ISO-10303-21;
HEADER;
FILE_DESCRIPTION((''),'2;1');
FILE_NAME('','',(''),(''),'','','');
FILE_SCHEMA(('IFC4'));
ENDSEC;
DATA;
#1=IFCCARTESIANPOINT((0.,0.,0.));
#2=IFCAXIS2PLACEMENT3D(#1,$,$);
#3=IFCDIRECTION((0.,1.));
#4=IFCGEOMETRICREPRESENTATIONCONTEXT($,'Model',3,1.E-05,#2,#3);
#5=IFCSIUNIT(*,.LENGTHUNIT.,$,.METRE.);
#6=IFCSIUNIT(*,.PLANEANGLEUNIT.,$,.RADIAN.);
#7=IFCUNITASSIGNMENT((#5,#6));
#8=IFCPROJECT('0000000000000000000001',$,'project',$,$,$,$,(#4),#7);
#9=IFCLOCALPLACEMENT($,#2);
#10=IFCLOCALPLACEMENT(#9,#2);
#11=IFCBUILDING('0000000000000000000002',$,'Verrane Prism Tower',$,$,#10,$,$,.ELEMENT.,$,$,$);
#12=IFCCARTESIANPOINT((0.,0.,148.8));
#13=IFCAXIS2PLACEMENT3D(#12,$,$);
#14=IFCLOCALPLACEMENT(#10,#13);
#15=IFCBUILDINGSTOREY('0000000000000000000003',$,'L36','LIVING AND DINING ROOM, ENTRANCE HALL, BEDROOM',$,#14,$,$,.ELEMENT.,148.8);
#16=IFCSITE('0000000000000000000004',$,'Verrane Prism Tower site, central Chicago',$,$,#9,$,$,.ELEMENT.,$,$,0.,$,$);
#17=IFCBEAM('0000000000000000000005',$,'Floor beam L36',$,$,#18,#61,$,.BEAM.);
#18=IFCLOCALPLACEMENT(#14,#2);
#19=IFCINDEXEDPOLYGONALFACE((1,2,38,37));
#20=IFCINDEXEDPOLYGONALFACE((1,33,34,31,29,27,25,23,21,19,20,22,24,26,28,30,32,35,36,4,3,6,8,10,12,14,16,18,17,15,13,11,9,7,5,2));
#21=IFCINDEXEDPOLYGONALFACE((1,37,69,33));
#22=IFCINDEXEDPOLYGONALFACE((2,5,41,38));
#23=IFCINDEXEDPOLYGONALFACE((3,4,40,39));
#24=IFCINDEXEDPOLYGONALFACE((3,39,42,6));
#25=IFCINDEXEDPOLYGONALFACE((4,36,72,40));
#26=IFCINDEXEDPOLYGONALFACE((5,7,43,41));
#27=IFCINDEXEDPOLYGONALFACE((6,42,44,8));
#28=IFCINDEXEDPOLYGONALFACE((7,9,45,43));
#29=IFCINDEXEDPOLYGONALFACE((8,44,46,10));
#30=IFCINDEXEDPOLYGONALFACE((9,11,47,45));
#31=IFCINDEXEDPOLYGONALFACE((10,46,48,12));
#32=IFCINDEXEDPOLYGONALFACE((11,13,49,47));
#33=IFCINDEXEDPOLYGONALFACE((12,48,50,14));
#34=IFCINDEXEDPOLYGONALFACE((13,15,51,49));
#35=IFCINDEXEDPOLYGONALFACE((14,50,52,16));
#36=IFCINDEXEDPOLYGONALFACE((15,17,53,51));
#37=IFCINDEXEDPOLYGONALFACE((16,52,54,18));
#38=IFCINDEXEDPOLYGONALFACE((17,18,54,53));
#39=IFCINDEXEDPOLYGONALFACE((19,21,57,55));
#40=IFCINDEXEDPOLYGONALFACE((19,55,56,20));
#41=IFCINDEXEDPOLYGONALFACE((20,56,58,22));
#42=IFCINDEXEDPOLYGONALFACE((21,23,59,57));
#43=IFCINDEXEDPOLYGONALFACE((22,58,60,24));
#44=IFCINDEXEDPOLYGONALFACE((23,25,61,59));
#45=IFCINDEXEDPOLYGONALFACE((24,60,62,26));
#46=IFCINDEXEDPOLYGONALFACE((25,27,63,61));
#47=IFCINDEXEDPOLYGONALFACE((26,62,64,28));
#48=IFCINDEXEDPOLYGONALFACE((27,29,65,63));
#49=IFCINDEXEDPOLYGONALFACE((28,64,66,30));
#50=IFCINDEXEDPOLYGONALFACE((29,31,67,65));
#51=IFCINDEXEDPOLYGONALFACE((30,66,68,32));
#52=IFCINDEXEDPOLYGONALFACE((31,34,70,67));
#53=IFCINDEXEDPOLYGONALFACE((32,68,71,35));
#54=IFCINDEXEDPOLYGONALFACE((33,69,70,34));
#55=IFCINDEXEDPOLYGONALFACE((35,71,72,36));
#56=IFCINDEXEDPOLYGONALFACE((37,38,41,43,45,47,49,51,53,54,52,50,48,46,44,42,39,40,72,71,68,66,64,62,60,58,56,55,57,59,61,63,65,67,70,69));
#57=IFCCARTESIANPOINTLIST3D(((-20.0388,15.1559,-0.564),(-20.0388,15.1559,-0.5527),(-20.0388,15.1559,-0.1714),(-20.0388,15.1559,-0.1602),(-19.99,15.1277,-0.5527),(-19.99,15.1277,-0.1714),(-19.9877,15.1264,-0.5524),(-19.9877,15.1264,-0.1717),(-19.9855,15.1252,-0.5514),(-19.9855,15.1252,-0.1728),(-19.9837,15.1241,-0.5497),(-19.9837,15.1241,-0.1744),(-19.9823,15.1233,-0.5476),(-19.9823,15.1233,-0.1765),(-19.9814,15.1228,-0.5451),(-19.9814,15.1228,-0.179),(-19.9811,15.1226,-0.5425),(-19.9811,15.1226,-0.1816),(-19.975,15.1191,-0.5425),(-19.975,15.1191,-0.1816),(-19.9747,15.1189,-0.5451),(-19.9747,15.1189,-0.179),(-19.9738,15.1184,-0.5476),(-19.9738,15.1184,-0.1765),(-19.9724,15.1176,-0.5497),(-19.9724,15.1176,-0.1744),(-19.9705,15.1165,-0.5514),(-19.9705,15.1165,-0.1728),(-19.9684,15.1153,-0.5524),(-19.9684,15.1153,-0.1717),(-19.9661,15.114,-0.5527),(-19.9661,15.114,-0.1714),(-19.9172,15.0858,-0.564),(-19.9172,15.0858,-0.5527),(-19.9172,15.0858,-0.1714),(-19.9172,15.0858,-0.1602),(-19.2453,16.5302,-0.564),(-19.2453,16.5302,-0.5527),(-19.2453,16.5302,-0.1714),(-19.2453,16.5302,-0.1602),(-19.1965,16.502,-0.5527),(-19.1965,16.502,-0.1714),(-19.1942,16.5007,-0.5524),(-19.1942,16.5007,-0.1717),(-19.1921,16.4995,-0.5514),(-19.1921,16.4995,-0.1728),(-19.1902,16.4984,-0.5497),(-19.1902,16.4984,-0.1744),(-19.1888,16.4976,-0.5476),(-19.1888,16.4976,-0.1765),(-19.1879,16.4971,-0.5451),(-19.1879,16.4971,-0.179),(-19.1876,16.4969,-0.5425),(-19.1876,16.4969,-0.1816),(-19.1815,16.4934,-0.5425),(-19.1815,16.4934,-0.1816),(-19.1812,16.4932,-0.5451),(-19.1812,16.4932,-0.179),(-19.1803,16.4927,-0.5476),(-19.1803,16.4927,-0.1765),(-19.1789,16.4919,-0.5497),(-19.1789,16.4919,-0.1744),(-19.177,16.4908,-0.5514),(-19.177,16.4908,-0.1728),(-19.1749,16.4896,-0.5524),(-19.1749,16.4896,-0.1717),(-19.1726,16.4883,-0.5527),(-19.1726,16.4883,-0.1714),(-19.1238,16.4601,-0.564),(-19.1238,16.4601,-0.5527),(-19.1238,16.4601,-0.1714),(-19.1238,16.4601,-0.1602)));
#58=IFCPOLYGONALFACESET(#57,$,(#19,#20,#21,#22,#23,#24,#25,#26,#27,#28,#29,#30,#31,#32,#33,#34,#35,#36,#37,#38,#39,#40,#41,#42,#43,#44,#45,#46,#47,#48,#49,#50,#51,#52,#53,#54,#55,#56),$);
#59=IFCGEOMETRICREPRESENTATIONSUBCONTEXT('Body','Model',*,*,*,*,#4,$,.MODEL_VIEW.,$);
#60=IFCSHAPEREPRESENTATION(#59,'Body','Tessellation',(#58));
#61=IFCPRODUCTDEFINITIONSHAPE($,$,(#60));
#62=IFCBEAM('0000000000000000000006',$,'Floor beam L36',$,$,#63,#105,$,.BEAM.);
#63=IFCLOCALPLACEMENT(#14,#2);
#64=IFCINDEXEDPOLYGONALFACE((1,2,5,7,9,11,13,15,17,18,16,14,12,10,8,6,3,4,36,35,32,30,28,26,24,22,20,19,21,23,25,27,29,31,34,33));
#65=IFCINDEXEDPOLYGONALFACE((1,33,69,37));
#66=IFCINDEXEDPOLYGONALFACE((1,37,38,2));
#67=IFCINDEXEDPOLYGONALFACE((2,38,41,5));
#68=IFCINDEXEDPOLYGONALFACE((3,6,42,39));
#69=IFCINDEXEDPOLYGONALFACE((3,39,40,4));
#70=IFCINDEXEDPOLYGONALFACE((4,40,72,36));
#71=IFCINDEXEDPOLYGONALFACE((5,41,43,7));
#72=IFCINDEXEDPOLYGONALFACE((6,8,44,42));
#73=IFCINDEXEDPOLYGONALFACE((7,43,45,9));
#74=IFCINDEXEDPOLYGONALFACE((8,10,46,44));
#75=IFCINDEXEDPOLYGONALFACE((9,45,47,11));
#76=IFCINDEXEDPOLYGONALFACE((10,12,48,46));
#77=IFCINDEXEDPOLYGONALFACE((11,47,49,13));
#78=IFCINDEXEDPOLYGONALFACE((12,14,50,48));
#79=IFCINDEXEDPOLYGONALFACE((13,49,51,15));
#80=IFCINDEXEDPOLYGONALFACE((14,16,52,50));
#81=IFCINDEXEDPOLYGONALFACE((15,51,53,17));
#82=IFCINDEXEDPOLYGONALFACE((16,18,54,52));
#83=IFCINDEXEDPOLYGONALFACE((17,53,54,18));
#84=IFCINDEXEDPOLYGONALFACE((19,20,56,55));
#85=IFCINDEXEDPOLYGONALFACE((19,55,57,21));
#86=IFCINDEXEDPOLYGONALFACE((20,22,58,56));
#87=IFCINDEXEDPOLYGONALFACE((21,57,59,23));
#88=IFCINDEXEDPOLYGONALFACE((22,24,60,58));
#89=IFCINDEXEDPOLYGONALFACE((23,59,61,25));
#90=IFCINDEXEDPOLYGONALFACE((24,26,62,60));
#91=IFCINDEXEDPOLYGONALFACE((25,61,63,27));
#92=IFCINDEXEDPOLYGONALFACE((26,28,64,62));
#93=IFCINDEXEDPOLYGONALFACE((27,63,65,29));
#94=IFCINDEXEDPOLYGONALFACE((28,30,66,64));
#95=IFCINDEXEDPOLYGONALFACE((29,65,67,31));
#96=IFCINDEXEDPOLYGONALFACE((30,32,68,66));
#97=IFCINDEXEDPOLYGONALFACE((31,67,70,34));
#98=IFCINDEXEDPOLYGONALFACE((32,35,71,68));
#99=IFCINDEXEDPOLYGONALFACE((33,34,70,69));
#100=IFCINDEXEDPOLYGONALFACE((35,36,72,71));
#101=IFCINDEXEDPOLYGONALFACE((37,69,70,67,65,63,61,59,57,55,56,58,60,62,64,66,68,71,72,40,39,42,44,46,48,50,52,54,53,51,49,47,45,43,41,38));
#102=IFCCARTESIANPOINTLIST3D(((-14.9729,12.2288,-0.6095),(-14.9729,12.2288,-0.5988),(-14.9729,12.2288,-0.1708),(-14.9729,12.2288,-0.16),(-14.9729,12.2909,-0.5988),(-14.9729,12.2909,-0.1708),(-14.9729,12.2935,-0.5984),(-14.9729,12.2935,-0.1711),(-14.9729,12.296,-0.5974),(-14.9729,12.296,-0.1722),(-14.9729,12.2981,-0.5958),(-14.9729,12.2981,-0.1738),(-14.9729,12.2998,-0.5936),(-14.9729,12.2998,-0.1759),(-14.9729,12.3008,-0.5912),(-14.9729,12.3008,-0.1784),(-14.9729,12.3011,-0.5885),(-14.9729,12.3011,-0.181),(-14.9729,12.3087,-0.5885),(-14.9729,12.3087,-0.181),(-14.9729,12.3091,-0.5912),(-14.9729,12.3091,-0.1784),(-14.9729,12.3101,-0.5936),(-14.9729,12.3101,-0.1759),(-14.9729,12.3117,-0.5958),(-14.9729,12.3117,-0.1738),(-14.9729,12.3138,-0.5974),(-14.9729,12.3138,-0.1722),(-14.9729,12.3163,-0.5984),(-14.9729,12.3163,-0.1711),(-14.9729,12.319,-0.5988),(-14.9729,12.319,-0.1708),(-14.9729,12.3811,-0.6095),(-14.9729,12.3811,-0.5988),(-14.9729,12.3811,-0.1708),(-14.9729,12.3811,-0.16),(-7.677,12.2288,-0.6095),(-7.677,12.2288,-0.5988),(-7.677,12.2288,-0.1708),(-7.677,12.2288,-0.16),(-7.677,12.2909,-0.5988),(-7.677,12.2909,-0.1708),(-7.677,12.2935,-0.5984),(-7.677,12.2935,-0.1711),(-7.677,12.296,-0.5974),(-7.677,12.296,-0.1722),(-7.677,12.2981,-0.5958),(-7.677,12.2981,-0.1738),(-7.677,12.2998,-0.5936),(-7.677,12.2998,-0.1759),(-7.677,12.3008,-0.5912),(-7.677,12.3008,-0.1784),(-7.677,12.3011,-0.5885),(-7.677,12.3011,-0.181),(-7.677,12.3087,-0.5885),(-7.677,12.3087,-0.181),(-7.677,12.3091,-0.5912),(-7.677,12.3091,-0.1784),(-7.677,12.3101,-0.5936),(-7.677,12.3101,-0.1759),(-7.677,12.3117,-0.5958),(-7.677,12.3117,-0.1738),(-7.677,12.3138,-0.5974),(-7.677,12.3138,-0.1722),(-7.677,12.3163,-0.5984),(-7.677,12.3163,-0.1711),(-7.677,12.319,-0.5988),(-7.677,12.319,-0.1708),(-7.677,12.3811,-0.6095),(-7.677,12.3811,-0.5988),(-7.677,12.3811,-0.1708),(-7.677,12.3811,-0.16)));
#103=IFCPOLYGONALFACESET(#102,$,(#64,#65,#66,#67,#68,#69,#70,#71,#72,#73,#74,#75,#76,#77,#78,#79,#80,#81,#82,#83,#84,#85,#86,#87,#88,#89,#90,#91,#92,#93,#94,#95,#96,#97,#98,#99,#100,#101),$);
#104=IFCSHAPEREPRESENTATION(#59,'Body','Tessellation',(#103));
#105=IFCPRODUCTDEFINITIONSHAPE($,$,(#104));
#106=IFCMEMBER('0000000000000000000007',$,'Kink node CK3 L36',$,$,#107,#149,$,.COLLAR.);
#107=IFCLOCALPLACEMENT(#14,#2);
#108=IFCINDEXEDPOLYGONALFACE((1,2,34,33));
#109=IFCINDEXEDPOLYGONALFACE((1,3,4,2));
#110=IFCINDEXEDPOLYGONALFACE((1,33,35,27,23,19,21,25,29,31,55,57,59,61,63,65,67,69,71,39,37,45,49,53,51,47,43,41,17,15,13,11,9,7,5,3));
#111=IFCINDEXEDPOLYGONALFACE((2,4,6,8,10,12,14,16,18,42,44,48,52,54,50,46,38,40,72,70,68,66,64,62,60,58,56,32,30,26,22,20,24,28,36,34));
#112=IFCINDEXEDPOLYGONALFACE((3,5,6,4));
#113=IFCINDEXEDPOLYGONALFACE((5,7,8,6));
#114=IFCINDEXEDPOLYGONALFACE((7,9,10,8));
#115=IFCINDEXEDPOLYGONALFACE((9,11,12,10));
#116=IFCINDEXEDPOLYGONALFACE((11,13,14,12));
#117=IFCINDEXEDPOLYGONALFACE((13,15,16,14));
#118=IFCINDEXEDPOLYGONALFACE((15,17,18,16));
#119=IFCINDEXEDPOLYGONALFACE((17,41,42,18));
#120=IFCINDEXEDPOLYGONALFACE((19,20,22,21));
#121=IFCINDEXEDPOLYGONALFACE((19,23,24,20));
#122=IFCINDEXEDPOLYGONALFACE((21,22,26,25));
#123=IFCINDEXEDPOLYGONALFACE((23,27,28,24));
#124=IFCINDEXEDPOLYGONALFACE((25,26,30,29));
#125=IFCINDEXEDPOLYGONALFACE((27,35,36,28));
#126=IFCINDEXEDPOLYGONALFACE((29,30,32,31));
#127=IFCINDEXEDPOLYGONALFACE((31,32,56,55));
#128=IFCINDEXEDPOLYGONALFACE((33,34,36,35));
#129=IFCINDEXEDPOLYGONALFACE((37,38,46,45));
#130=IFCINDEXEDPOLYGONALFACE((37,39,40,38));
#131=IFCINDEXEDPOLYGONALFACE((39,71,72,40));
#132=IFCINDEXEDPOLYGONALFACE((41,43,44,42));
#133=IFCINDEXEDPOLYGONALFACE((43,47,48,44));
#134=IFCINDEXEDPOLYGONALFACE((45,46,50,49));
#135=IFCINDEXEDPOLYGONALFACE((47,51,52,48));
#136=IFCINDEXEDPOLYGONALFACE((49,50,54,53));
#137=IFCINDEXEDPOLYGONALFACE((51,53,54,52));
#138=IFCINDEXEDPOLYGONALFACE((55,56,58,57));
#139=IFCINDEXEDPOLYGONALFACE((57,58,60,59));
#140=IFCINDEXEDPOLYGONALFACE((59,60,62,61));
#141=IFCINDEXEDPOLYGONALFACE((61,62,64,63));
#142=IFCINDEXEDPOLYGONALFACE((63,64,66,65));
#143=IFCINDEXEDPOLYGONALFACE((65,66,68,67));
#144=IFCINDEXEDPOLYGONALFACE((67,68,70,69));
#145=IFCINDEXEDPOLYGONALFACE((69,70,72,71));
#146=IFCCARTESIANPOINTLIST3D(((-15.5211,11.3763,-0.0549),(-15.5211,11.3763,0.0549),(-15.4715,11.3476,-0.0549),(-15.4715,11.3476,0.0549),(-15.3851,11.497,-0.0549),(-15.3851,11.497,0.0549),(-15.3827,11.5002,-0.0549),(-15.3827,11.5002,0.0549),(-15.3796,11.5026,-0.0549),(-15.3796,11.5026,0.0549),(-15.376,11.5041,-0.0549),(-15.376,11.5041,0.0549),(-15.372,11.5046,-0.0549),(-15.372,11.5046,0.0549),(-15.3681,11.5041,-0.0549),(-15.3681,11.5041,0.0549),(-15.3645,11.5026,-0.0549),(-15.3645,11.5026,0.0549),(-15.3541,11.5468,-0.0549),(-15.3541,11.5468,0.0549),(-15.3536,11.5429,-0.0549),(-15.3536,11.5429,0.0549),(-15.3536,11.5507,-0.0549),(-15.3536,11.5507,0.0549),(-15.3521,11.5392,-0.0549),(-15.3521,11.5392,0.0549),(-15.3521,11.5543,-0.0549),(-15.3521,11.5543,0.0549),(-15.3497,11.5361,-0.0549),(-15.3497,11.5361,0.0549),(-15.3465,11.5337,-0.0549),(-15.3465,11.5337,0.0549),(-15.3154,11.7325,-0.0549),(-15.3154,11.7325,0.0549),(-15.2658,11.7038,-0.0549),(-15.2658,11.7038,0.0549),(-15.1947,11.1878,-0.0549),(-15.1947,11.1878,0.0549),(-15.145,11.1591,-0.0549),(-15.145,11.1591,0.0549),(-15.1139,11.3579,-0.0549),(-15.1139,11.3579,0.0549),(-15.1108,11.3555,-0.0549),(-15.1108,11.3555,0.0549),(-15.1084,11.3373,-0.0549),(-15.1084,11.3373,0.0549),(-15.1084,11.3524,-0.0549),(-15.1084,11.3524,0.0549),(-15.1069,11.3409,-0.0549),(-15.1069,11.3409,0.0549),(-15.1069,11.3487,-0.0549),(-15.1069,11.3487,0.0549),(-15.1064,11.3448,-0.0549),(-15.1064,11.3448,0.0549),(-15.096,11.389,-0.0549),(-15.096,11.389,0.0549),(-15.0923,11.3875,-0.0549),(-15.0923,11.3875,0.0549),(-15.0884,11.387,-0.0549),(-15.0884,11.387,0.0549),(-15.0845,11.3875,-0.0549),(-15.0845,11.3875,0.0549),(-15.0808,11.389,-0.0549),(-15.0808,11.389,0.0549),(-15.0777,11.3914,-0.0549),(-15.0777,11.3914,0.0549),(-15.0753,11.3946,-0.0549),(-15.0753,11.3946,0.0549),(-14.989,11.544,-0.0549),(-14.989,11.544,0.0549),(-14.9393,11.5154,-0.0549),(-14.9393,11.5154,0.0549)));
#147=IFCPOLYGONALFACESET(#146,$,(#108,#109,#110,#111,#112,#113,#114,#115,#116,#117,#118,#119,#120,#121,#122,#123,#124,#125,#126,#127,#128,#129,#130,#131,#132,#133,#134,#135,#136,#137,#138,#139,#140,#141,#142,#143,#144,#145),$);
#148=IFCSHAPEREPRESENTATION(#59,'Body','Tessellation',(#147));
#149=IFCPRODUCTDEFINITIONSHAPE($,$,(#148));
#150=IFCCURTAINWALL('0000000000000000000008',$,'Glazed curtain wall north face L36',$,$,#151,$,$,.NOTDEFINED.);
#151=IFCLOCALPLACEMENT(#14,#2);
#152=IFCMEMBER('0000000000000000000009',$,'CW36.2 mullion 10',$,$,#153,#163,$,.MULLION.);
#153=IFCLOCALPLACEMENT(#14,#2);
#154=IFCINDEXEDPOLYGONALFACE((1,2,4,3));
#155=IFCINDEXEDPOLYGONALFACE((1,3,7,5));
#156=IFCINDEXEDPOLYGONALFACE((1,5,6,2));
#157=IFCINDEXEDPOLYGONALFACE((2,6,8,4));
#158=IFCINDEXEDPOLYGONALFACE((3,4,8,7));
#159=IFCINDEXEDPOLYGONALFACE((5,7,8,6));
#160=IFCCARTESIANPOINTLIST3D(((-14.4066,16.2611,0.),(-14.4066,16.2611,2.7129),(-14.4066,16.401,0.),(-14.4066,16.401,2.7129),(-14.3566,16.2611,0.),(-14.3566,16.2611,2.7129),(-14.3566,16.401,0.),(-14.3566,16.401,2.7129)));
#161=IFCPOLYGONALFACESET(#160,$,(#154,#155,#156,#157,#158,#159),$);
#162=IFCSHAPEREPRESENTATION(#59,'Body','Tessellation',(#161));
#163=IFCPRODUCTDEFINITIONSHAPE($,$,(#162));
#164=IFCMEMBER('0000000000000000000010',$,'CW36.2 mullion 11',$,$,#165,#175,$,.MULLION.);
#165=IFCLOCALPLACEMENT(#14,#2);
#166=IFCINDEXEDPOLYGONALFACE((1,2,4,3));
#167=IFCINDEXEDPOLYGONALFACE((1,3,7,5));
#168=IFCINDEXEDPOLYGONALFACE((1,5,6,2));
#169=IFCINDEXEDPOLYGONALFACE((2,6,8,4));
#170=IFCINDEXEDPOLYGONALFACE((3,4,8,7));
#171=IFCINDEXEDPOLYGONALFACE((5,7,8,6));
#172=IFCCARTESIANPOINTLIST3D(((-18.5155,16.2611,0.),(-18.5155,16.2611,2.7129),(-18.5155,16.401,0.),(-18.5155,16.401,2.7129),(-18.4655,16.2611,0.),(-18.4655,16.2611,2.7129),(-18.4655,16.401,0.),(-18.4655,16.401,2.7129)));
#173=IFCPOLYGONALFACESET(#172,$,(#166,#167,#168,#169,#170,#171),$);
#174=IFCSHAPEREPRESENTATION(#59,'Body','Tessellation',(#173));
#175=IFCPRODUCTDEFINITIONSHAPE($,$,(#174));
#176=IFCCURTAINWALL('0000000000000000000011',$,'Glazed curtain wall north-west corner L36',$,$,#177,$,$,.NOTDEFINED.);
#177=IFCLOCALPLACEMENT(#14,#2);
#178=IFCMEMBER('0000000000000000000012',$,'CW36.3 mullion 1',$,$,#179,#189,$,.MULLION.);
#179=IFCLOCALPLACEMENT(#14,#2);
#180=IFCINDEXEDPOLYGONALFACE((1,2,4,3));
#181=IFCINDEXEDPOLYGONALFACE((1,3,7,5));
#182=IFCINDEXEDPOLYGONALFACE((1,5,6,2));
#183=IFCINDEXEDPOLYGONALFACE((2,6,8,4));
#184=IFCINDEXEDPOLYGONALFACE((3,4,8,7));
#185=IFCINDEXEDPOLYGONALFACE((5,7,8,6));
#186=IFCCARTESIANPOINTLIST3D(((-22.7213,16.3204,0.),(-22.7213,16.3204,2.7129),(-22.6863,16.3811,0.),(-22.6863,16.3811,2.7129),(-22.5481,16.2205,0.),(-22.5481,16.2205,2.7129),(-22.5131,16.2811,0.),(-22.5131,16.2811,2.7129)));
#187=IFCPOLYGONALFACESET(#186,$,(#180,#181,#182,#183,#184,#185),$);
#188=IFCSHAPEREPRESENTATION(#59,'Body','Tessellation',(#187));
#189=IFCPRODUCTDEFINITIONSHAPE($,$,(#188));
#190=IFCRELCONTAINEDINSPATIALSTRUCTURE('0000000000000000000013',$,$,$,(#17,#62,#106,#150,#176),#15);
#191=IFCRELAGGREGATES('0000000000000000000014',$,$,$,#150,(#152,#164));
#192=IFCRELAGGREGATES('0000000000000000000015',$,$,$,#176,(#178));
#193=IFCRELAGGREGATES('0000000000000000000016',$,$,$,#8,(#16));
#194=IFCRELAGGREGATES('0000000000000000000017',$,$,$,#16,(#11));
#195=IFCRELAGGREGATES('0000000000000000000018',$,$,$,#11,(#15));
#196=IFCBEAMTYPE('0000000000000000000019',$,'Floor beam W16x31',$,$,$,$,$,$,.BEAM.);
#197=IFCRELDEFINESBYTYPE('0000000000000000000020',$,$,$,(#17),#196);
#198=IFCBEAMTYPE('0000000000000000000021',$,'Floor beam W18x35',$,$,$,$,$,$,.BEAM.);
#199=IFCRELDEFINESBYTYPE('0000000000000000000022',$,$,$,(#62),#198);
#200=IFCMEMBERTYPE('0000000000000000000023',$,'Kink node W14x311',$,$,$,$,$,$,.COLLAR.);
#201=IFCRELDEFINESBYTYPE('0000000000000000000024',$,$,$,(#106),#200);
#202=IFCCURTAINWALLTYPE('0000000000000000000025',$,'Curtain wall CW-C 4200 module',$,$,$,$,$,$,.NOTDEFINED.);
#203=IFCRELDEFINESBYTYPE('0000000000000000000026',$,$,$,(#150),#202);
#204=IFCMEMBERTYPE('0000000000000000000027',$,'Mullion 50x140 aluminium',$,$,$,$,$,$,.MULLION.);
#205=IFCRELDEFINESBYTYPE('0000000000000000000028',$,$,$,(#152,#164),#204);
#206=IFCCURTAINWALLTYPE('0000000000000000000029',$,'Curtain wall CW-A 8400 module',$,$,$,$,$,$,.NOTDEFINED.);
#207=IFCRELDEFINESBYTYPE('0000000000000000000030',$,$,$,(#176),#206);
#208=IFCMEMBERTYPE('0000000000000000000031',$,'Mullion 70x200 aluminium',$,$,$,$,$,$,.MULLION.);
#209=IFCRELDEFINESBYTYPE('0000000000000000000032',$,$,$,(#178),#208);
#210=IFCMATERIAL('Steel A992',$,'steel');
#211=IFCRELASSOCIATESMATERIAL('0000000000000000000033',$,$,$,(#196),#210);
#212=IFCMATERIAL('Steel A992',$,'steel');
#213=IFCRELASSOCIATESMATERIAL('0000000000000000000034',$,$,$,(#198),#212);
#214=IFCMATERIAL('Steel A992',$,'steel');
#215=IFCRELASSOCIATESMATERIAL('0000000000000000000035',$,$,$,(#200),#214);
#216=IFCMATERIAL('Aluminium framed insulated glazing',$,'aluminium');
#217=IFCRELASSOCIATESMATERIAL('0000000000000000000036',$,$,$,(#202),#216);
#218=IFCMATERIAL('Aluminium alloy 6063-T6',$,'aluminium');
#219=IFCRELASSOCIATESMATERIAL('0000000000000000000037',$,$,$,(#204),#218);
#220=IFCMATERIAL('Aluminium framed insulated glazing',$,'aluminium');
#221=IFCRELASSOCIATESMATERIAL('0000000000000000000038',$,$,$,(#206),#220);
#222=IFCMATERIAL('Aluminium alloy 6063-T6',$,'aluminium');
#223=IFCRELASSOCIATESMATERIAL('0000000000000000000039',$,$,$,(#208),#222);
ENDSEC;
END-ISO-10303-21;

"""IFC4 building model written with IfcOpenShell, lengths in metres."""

from ifc_helpers import new_model, si_unit, direction, frame, origin, origin_2d, place, context, subcontext, project, spatial, rectangle, i_section, extrude, material, material_profile, profile_set, type_object, element, aggregate, save


model = new_model("IFC4")

# Units and contexts
model_context = context("Model", 3, precision=1e-05, world=origin(), true_north=direction((0.0, 1.0)))
body_context = subcontext(model_context, "Body", "Model", "MODEL_VIEW")
ifc_project = project(units=[si_unit("LENGTHUNIT", "METRE"), si_unit("PLANEANGLEUNIT", "RADIAN")], contexts=[model_context])

# Site, building, storey
site_placement = place(None, origin())
site = spatial("IfcSite", under=ifc_project, at=site_placement, Name="Verrane Prism Tower site, central Chicago", CompositionType="ELEMENT", RefElevation=0.0)
building_placement = place(site_placement, origin())
building = spatial("IfcBuilding", under=site, at=building_placement, Name="Verrane Prism Tower", CompositionType="ELEMENT")
storey_placement = place(building_placement, frame((0.0, 0.0, 148.8)))
storey = spatial("IfcBuildingStorey", under=building, at=storey_placement, Name="L36", Description="LIVING AND DINING ROOM, ENTRANCE HALL, BEDROOM", CompositionType="ELEMENT", Elevation=148.8)

# Beams
ifc_material_1 = material(Name="Steel A992", Category="steel")
ifc_material_profile_1 = material_profile(ifc_material_1, i_section(OverallWidth=0.1404, OverallDepth=0.4038, WebThickness=0.0071, FlangeThickness=0.0112, FilletRadius=0.0103, at=origin_2d()), Name="W16x31")
ifc_profile_set_1 = profile_set([ifc_material_profile_1], Name="Steel A992")
beam_type_1 = type_object("IfcBeamType", Name="Floor beam W16x31", PredefinedType="BEAM", material=ifc_profile_set_1)
beam_1_placement = place(storey_placement, frame((-19.978, 15.1208, -0.3621), z_axis=(0.500011, 0.866019, 0.0), x_axis=(-0.866019, 0.500011, 0.0)))
element("IfcBeam", 1, at=beam_1_placement, inside=storey, type_object=beam_type_1, Name="Floor beam L36", PredefinedType="BEAM", context=body_context, shape_type="SweptSolid", body=[
    extrude(i_section(OverallWidth=0.1404, OverallDepth=0.4038, WebThickness=0.0071, FlangeThickness=0.0112, FilletRadius=0.0103, at=origin_2d()), origin(), (0.0, 0.0, 1.0), 1.5869),
])
ifc_material_2 = material(Name="Steel A992", Category="steel")
ifc_material_profile_2 = material_profile(ifc_material_2, i_section(OverallWidth=0.1523, OverallDepth=0.4495, WebThickness=0.0076, FlangeThickness=0.0107, FilletRadius=0.0103, at=origin_2d()), Name="W18x35")
ifc_profile_set_2 = profile_set([ifc_material_profile_2], Name="Steel A992")
beam_type_2 = type_object("IfcBeamType", Name="Floor beam W18x35", PredefinedType="BEAM", material=ifc_profile_set_2)
beam_2_placement = place(storey_placement, frame((-14.9729, 12.3049, -0.3848), z_axis=(1.0, 0.0, 0.0), x_axis=(0.0, 1.0, 0.0)))
element("IfcBeam", 2, at=beam_2_placement, inside=storey, type_object=beam_type_2, Name="Floor beam L36", PredefinedType="BEAM", context=body_context, shape_type="SweptSolid", body=[
    extrude(i_section(OverallWidth=0.1523, OverallDepth=0.4495, WebThickness=0.0076, FlangeThickness=0.0107, FilletRadius=0.0103, at=origin_2d()), origin(), (0.0, 0.0, 1.0), 7.2959),
])

# Member
ifc_material_3 = material(Name="Steel A992", Category="steel")
ifc_material_profile_3 = material_profile(ifc_material_3, i_section(OverallWidth=0.4114, OverallDepth=0.4343, WebThickness=0.0359, FlangeThickness=0.0574, FilletRadius=0.0151, at=origin_2d()), Name="W14x311")
ifc_profile_set_3 = profile_set([ifc_material_profile_3], Name="Steel A992")
member_type_1 = type_object("IfcMemberType", Name="Kink node W14x311", PredefinedType="COLLAR", material=ifc_profile_set_3)
member_1_placement = place(storey_placement, frame((-15.2302, 11.4458, -0.0549), z_axis=(0.0, 0.0, 1.0), x_axis=(0.5, 0.866025, 0.0)))
element("IfcMember", 3, at=member_1_placement, inside=storey, type_object=member_type_1, Name="Kink node CK3 L36", PredefinedType="COLLAR", context=body_context, shape_type="SweptSolid", body=[
    extrude(i_section(OverallWidth=0.4114, OverallDepth=0.4343, WebThickness=0.0359, FlangeThickness=0.0574, FilletRadius=0.0151, at=origin_2d()), origin(), (0.0, 0.0, 1.0), 0.1099),
])

# Curtain wall, members
ifc_material_4 = material(Name="Aluminium framed insulated glazing", Category="aluminium")
curtain_wall_type_1 = type_object("IfcCurtainWallType", Name="Curtain wall CW-C 4200 module", PredefinedType="NOTDEFINED", material=ifc_material_4)
curtain_wall_1_placement = place(storey_placement, origin())
curtain_wall_1 = element("IfcCurtainWall", 4, at=curtain_wall_1_placement, inside=storey, type_object=curtain_wall_type_1, Name="Glazed curtain wall north face L36", PredefinedType="NOTDEFINED")
ifc_material_5 = material(Name="Aluminium alloy 6063-T6", Category="aluminium")
ifc_material_profile_4 = material_profile(ifc_material_5, rectangle(XDim=0.1399, YDim=0.05, at=origin_2d()), Name="Mullion 50x140 aluminium")
ifc_profile_set_4 = profile_set([ifc_material_profile_4], Name="Aluminium alloy 6063-T6")
member_type_2 = type_object("IfcMemberType", Name="Mullion 50x140 aluminium", PredefinedType="MULLION", material=ifc_profile_set_4)
member_2_placement = place(storey_placement, frame((-14.3816, 16.3311, 0.0), z_axis=(0.0, 0.0, 1.0), x_axis=(0.0, -1.0, 0.0)))
member_2 = element("IfcMember", 5, at=member_2_placement, type_object=member_type_2, Name="CW36.2 mullion 10", PredefinedType="MULLION", context=body_context, shape_type="SweptSolid", body=[
    extrude(rectangle(XDim=0.1399, YDim=0.05, at=origin_2d()), origin(), (0.0, 0.0, 1.0), 2.7129),
])
member_3_placement = place(storey_placement, frame((-18.4905, 16.3311, 0.0), z_axis=(0.0, 0.0, 1.0), x_axis=(0.0, -1.0, 0.0)))
member_3 = element("IfcMember", 6, at=member_3_placement, type_object=member_type_2, Name="CW36.2 mullion 11", PredefinedType="MULLION", context=body_context, shape_type="SweptSolid", body=[
    extrude(rectangle(XDim=0.1399, YDim=0.05, at=origin_2d()), origin(), (0.0, 0.0, 1.0), 2.7129),
])

# Curtain wall, member
ifc_material_6 = material(Name="Aluminium framed insulated glazing", Category="aluminium")
curtain_wall_type_2 = type_object("IfcCurtainWallType", Name="Curtain wall CW-A 8400 module", PredefinedType="NOTDEFINED", material=ifc_material_6)
curtain_wall_2_placement = place(storey_placement, origin())
curtain_wall_2 = element("IfcCurtainWall", 7, at=curtain_wall_2_placement, inside=storey, type_object=curtain_wall_type_2, Name="Glazed curtain wall north-west corner L36", PredefinedType="NOTDEFINED")
ifc_material_7 = material(Name="Aluminium alloy 6063-T6", Category="aluminium")
ifc_material_profile_5 = material_profile(ifc_material_7, rectangle(XDim=0.2, YDim=0.0701, at=origin_2d()), Name="Mullion 70x200 aluminium")
ifc_profile_set_5 = profile_set([ifc_material_profile_5], Name="Aluminium alloy 6063-T6")
member_type_3 = type_object("IfcMemberType", Name="Mullion 70x200 aluminium", PredefinedType="MULLION", material=ifc_profile_set_5)
member_4_placement = place(storey_placement, frame((-22.6172, 16.3008, 0.0), z_axis=(0.0, 0.0, 1.0), x_axis=(0.866024, -0.500003, 0.0)))
member_4 = element("IfcMember", 8, at=member_4_placement, type_object=member_type_3, Name="CW36.3 mullion 1", PredefinedType="MULLION", context=body_context, shape_type="SweptSolid", body=[
    extrude(rectangle(XDim=0.2, YDim=0.0701, at=origin_2d()), origin(), (0.0, 0.0, 1.0), 2.7129),
])

aggregate(curtain_wall_1, [member_2, member_3])
aggregate(curtain_wall_2, [member_4])

save(model, "model.ifc")
